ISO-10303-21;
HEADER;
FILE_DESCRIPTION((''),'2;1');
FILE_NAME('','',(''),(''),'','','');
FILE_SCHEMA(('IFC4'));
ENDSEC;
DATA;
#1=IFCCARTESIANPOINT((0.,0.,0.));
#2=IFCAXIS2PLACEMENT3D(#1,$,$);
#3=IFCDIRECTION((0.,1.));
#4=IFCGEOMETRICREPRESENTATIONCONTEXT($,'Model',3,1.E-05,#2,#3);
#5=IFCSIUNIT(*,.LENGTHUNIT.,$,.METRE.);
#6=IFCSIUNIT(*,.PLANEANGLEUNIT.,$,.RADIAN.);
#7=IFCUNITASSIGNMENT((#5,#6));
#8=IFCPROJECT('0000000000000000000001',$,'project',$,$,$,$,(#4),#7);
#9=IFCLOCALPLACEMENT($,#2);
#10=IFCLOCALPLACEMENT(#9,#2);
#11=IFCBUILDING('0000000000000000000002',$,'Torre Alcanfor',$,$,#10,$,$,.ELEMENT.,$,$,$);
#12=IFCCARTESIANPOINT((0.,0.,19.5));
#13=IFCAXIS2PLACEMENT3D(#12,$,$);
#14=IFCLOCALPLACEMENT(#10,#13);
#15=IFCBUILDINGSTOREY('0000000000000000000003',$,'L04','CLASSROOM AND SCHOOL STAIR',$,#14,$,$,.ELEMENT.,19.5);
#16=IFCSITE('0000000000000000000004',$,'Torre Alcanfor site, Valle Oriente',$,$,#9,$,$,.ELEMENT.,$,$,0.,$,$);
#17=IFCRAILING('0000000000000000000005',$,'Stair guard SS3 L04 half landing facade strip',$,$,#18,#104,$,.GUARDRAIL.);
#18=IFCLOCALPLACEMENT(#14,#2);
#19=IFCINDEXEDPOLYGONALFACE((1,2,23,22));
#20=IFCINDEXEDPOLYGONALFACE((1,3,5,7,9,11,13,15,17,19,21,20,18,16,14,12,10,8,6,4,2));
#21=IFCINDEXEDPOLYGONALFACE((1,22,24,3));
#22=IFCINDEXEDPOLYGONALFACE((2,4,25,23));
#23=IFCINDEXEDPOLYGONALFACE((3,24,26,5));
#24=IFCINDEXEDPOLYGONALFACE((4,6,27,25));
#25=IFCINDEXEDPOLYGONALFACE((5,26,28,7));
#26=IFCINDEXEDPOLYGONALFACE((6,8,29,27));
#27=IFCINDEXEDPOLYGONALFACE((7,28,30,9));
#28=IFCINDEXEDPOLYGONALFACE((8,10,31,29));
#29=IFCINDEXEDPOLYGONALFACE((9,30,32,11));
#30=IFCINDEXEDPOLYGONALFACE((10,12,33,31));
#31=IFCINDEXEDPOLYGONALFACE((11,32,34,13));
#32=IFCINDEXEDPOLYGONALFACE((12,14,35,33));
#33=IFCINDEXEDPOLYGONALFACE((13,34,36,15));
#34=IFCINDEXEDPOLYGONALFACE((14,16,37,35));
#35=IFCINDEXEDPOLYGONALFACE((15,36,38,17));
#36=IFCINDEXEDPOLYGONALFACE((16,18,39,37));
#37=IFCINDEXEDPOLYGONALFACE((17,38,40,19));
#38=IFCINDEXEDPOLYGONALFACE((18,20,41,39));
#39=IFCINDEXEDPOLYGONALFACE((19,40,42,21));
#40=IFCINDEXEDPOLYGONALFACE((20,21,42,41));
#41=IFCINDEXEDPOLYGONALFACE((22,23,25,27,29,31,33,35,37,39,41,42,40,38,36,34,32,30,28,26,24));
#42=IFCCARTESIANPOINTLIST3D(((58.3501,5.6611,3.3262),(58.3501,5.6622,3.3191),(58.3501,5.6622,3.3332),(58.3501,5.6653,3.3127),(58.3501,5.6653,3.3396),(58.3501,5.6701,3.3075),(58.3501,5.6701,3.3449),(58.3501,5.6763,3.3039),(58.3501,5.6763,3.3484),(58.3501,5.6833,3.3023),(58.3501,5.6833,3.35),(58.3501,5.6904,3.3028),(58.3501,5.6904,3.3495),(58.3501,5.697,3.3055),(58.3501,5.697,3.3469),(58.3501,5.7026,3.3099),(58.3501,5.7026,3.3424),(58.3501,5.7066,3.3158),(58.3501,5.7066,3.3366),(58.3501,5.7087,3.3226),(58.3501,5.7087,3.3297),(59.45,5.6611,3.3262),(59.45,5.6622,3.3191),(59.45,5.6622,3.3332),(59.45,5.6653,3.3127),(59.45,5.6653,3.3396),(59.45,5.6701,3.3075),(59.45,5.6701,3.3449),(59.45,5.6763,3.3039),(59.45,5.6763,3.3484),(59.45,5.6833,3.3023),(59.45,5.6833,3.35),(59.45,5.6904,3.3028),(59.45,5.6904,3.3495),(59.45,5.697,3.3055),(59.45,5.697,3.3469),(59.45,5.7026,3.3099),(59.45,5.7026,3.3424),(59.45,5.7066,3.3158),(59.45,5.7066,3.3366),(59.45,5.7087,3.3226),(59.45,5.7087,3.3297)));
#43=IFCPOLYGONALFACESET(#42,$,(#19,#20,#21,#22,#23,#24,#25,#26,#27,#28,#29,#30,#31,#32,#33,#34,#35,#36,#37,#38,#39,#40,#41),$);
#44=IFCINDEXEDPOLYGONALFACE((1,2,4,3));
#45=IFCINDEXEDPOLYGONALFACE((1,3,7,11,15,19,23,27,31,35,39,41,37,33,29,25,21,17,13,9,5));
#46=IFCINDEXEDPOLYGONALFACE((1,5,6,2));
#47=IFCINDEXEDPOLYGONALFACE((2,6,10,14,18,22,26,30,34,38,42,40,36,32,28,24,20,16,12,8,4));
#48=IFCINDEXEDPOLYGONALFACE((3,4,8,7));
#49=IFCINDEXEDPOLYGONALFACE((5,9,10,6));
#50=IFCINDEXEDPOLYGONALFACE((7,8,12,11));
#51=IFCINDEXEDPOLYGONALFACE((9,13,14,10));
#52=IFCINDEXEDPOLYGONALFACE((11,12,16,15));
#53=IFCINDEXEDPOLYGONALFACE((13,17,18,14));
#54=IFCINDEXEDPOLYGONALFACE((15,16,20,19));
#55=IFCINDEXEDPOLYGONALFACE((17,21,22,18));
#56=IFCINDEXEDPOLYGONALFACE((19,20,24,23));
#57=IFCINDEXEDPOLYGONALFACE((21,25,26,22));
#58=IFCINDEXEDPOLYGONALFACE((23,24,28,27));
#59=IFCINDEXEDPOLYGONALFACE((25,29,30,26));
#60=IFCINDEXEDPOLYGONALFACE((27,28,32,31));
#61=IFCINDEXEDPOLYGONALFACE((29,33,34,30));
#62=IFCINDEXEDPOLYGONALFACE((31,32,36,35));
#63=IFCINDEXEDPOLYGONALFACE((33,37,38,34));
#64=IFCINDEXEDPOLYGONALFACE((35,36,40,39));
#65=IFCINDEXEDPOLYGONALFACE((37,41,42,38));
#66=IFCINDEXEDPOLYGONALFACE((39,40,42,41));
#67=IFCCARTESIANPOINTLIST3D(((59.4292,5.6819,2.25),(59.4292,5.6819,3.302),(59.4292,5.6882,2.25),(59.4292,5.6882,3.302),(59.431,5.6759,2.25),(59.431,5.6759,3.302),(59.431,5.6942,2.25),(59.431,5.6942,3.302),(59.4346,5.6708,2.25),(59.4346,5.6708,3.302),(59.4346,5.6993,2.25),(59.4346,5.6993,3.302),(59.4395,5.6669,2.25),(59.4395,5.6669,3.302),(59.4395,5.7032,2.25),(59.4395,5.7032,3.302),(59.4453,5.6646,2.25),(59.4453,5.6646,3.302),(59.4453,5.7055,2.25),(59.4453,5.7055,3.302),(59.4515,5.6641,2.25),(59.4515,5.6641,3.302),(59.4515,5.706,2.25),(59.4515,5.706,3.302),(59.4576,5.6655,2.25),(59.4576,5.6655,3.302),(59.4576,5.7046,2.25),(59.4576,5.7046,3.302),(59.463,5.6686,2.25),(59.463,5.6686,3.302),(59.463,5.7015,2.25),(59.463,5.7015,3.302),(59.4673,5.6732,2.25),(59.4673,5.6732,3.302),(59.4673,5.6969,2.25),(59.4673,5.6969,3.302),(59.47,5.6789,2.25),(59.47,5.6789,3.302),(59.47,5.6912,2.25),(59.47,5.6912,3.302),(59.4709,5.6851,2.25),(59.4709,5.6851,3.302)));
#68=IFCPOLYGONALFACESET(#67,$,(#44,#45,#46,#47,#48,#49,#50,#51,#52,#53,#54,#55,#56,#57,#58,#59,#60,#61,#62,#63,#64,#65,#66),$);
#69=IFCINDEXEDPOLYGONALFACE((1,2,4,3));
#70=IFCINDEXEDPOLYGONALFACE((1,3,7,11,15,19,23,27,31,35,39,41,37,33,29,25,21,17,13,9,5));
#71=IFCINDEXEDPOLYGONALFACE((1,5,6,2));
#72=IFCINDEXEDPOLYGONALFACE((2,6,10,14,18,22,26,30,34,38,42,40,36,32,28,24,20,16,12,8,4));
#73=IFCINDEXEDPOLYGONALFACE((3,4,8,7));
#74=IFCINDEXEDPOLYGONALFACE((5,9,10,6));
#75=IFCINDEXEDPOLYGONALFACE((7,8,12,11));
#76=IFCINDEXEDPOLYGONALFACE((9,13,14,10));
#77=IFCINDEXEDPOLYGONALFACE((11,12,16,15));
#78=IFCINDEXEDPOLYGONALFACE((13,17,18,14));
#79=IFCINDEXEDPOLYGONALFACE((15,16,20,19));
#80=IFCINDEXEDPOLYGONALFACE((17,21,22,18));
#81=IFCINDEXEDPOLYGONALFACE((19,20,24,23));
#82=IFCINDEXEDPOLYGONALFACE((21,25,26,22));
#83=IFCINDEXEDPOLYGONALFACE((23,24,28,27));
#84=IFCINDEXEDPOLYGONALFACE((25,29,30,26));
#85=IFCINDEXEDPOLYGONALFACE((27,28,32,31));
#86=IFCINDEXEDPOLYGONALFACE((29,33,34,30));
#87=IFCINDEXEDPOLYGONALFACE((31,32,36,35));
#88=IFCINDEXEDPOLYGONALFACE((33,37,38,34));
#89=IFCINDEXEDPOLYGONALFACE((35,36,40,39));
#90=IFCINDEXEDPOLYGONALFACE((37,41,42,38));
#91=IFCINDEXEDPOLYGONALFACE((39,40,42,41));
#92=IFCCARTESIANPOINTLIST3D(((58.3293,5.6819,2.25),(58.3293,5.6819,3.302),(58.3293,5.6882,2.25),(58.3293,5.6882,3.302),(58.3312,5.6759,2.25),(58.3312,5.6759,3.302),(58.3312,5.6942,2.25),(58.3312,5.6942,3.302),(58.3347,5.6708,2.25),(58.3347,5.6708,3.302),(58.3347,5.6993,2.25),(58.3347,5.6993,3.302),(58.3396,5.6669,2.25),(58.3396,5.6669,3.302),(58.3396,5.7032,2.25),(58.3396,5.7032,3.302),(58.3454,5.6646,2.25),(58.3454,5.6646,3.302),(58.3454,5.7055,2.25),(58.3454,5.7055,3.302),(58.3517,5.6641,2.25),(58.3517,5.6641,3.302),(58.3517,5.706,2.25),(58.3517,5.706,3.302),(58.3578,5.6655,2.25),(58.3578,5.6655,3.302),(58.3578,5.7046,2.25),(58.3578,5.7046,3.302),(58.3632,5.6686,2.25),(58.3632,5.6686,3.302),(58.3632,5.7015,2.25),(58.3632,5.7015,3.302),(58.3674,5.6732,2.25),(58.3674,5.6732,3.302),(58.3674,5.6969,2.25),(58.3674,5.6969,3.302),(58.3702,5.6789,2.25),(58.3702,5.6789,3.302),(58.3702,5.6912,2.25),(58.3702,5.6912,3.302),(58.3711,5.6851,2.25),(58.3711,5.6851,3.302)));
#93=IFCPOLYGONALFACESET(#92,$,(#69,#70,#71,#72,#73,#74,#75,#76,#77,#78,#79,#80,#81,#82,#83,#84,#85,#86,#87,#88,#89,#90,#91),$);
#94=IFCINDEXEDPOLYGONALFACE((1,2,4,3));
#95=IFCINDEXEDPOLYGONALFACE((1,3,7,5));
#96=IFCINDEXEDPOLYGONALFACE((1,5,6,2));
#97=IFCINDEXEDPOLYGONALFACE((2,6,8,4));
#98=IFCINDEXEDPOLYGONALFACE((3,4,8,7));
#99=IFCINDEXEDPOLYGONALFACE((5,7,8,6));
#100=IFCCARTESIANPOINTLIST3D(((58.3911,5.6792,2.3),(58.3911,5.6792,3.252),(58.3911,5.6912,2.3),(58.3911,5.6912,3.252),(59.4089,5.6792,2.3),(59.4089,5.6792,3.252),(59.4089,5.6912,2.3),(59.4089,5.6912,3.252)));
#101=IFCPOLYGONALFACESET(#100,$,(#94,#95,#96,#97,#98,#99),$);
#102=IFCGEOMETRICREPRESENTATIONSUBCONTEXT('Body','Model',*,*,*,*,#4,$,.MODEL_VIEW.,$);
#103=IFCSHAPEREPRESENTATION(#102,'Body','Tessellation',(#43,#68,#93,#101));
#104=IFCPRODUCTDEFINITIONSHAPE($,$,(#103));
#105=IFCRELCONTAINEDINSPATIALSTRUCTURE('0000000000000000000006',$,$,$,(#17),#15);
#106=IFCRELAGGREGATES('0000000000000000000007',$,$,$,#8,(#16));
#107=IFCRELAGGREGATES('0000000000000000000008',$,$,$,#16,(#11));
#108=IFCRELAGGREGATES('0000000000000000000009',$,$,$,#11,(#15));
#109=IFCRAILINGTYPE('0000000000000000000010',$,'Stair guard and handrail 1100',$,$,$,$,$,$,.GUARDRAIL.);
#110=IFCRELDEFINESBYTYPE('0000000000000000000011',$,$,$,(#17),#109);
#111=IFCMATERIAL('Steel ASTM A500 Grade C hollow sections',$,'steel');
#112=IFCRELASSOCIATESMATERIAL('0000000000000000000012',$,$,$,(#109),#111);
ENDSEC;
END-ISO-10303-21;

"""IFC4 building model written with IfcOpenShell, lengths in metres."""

from ifc_helpers import new_model, si_unit, direction, frame, origin, origin_2d, place, context, subcontext, project, spatial, polyline, circle, outline, extrude, material, type_object, element, save


model = new_model("IFC4")

# Units and contexts
model_context = context("Model", 3, precision=1e-05, world=origin(), true_north=direction((0.0, 1.0)))
body_context = subcontext(model_context, "Body", "Model", "MODEL_VIEW")
ifc_project = project(units=[si_unit("LENGTHUNIT", "METRE"), si_unit("PLANEANGLEUNIT", "RADIAN")], contexts=[model_context])

# Site, building, storey
site_placement = place(None, origin())
site = spatial("IfcSite", under=ifc_project, at=site_placement, Name="Torre Alcanfor site, Valle Oriente", CompositionType="ELEMENT", RefElevation=0.0)
building_placement = place(site_placement, origin())
building = spatial("IfcBuilding", under=site, at=building_placement, Name="Torre Alcanfor", CompositionType="ELEMENT")
storey_placement = place(building_placement, frame((0.0, 0.0, 19.5)))
storey = spatial("IfcBuildingStorey", under=building, at=storey_placement, Name="L04", Description="CLASSROOM AND SCHOOL STAIR", CompositionType="ELEMENT", Elevation=19.5)

# Railing
ifc_material_1 = material(Name="Steel ASTM A500 Grade C hollow sections", Category="steel")
railing_type_1 = type_object("IfcRailingType", Name="Stair guard and handrail 1100", PredefinedType="GUARDRAIL", material=ifc_material_1)
railing_1_placement = place(storey_placement, frame((59.45, 5.6851, 2.25)))
element("IfcRailing", 1, at=railing_1_placement, inside=storey, type_object=railing_type_1, Name="Stair guard SS3 L04 half landing facade strip", PredefinedType="GUARDRAIL", context=body_context, shape_type="SweptSolid", body=[
    extrude(circle(Radius=0.0239, at=origin_2d()), frame((0.0, 0.0, 1.0762), z_axis=(-1.0, 0.0, 0.0), x_axis=(0.0, -1.0, 0.0)), (0.0, 0.0, 1.0), 1.0999),
    extrude(circle(Radius=0.021, at=origin_2d()), origin(), (0.0, 0.0, 1.0), 1.052),
    extrude(circle(Radius=0.021, at=origin_2d()), frame((-1.0999, 0.0, 0.0)), (0.0, 0.0, 1.0), 1.052),
    extrude(outline(polyline([(0.041, 0.05), (1.0588, 0.05), (1.0588, 1.002), (0.041, 1.002), (0.041, 0.05)])), frame((0.0, -0.0059, 0.0), z_axis=(0.0, 1.0, 0.0), x_axis=(-1.0, 0.0, 0.0)), (0.0, 0.0, 1.0), 0.012),
])

save(model, "model.ifc")
